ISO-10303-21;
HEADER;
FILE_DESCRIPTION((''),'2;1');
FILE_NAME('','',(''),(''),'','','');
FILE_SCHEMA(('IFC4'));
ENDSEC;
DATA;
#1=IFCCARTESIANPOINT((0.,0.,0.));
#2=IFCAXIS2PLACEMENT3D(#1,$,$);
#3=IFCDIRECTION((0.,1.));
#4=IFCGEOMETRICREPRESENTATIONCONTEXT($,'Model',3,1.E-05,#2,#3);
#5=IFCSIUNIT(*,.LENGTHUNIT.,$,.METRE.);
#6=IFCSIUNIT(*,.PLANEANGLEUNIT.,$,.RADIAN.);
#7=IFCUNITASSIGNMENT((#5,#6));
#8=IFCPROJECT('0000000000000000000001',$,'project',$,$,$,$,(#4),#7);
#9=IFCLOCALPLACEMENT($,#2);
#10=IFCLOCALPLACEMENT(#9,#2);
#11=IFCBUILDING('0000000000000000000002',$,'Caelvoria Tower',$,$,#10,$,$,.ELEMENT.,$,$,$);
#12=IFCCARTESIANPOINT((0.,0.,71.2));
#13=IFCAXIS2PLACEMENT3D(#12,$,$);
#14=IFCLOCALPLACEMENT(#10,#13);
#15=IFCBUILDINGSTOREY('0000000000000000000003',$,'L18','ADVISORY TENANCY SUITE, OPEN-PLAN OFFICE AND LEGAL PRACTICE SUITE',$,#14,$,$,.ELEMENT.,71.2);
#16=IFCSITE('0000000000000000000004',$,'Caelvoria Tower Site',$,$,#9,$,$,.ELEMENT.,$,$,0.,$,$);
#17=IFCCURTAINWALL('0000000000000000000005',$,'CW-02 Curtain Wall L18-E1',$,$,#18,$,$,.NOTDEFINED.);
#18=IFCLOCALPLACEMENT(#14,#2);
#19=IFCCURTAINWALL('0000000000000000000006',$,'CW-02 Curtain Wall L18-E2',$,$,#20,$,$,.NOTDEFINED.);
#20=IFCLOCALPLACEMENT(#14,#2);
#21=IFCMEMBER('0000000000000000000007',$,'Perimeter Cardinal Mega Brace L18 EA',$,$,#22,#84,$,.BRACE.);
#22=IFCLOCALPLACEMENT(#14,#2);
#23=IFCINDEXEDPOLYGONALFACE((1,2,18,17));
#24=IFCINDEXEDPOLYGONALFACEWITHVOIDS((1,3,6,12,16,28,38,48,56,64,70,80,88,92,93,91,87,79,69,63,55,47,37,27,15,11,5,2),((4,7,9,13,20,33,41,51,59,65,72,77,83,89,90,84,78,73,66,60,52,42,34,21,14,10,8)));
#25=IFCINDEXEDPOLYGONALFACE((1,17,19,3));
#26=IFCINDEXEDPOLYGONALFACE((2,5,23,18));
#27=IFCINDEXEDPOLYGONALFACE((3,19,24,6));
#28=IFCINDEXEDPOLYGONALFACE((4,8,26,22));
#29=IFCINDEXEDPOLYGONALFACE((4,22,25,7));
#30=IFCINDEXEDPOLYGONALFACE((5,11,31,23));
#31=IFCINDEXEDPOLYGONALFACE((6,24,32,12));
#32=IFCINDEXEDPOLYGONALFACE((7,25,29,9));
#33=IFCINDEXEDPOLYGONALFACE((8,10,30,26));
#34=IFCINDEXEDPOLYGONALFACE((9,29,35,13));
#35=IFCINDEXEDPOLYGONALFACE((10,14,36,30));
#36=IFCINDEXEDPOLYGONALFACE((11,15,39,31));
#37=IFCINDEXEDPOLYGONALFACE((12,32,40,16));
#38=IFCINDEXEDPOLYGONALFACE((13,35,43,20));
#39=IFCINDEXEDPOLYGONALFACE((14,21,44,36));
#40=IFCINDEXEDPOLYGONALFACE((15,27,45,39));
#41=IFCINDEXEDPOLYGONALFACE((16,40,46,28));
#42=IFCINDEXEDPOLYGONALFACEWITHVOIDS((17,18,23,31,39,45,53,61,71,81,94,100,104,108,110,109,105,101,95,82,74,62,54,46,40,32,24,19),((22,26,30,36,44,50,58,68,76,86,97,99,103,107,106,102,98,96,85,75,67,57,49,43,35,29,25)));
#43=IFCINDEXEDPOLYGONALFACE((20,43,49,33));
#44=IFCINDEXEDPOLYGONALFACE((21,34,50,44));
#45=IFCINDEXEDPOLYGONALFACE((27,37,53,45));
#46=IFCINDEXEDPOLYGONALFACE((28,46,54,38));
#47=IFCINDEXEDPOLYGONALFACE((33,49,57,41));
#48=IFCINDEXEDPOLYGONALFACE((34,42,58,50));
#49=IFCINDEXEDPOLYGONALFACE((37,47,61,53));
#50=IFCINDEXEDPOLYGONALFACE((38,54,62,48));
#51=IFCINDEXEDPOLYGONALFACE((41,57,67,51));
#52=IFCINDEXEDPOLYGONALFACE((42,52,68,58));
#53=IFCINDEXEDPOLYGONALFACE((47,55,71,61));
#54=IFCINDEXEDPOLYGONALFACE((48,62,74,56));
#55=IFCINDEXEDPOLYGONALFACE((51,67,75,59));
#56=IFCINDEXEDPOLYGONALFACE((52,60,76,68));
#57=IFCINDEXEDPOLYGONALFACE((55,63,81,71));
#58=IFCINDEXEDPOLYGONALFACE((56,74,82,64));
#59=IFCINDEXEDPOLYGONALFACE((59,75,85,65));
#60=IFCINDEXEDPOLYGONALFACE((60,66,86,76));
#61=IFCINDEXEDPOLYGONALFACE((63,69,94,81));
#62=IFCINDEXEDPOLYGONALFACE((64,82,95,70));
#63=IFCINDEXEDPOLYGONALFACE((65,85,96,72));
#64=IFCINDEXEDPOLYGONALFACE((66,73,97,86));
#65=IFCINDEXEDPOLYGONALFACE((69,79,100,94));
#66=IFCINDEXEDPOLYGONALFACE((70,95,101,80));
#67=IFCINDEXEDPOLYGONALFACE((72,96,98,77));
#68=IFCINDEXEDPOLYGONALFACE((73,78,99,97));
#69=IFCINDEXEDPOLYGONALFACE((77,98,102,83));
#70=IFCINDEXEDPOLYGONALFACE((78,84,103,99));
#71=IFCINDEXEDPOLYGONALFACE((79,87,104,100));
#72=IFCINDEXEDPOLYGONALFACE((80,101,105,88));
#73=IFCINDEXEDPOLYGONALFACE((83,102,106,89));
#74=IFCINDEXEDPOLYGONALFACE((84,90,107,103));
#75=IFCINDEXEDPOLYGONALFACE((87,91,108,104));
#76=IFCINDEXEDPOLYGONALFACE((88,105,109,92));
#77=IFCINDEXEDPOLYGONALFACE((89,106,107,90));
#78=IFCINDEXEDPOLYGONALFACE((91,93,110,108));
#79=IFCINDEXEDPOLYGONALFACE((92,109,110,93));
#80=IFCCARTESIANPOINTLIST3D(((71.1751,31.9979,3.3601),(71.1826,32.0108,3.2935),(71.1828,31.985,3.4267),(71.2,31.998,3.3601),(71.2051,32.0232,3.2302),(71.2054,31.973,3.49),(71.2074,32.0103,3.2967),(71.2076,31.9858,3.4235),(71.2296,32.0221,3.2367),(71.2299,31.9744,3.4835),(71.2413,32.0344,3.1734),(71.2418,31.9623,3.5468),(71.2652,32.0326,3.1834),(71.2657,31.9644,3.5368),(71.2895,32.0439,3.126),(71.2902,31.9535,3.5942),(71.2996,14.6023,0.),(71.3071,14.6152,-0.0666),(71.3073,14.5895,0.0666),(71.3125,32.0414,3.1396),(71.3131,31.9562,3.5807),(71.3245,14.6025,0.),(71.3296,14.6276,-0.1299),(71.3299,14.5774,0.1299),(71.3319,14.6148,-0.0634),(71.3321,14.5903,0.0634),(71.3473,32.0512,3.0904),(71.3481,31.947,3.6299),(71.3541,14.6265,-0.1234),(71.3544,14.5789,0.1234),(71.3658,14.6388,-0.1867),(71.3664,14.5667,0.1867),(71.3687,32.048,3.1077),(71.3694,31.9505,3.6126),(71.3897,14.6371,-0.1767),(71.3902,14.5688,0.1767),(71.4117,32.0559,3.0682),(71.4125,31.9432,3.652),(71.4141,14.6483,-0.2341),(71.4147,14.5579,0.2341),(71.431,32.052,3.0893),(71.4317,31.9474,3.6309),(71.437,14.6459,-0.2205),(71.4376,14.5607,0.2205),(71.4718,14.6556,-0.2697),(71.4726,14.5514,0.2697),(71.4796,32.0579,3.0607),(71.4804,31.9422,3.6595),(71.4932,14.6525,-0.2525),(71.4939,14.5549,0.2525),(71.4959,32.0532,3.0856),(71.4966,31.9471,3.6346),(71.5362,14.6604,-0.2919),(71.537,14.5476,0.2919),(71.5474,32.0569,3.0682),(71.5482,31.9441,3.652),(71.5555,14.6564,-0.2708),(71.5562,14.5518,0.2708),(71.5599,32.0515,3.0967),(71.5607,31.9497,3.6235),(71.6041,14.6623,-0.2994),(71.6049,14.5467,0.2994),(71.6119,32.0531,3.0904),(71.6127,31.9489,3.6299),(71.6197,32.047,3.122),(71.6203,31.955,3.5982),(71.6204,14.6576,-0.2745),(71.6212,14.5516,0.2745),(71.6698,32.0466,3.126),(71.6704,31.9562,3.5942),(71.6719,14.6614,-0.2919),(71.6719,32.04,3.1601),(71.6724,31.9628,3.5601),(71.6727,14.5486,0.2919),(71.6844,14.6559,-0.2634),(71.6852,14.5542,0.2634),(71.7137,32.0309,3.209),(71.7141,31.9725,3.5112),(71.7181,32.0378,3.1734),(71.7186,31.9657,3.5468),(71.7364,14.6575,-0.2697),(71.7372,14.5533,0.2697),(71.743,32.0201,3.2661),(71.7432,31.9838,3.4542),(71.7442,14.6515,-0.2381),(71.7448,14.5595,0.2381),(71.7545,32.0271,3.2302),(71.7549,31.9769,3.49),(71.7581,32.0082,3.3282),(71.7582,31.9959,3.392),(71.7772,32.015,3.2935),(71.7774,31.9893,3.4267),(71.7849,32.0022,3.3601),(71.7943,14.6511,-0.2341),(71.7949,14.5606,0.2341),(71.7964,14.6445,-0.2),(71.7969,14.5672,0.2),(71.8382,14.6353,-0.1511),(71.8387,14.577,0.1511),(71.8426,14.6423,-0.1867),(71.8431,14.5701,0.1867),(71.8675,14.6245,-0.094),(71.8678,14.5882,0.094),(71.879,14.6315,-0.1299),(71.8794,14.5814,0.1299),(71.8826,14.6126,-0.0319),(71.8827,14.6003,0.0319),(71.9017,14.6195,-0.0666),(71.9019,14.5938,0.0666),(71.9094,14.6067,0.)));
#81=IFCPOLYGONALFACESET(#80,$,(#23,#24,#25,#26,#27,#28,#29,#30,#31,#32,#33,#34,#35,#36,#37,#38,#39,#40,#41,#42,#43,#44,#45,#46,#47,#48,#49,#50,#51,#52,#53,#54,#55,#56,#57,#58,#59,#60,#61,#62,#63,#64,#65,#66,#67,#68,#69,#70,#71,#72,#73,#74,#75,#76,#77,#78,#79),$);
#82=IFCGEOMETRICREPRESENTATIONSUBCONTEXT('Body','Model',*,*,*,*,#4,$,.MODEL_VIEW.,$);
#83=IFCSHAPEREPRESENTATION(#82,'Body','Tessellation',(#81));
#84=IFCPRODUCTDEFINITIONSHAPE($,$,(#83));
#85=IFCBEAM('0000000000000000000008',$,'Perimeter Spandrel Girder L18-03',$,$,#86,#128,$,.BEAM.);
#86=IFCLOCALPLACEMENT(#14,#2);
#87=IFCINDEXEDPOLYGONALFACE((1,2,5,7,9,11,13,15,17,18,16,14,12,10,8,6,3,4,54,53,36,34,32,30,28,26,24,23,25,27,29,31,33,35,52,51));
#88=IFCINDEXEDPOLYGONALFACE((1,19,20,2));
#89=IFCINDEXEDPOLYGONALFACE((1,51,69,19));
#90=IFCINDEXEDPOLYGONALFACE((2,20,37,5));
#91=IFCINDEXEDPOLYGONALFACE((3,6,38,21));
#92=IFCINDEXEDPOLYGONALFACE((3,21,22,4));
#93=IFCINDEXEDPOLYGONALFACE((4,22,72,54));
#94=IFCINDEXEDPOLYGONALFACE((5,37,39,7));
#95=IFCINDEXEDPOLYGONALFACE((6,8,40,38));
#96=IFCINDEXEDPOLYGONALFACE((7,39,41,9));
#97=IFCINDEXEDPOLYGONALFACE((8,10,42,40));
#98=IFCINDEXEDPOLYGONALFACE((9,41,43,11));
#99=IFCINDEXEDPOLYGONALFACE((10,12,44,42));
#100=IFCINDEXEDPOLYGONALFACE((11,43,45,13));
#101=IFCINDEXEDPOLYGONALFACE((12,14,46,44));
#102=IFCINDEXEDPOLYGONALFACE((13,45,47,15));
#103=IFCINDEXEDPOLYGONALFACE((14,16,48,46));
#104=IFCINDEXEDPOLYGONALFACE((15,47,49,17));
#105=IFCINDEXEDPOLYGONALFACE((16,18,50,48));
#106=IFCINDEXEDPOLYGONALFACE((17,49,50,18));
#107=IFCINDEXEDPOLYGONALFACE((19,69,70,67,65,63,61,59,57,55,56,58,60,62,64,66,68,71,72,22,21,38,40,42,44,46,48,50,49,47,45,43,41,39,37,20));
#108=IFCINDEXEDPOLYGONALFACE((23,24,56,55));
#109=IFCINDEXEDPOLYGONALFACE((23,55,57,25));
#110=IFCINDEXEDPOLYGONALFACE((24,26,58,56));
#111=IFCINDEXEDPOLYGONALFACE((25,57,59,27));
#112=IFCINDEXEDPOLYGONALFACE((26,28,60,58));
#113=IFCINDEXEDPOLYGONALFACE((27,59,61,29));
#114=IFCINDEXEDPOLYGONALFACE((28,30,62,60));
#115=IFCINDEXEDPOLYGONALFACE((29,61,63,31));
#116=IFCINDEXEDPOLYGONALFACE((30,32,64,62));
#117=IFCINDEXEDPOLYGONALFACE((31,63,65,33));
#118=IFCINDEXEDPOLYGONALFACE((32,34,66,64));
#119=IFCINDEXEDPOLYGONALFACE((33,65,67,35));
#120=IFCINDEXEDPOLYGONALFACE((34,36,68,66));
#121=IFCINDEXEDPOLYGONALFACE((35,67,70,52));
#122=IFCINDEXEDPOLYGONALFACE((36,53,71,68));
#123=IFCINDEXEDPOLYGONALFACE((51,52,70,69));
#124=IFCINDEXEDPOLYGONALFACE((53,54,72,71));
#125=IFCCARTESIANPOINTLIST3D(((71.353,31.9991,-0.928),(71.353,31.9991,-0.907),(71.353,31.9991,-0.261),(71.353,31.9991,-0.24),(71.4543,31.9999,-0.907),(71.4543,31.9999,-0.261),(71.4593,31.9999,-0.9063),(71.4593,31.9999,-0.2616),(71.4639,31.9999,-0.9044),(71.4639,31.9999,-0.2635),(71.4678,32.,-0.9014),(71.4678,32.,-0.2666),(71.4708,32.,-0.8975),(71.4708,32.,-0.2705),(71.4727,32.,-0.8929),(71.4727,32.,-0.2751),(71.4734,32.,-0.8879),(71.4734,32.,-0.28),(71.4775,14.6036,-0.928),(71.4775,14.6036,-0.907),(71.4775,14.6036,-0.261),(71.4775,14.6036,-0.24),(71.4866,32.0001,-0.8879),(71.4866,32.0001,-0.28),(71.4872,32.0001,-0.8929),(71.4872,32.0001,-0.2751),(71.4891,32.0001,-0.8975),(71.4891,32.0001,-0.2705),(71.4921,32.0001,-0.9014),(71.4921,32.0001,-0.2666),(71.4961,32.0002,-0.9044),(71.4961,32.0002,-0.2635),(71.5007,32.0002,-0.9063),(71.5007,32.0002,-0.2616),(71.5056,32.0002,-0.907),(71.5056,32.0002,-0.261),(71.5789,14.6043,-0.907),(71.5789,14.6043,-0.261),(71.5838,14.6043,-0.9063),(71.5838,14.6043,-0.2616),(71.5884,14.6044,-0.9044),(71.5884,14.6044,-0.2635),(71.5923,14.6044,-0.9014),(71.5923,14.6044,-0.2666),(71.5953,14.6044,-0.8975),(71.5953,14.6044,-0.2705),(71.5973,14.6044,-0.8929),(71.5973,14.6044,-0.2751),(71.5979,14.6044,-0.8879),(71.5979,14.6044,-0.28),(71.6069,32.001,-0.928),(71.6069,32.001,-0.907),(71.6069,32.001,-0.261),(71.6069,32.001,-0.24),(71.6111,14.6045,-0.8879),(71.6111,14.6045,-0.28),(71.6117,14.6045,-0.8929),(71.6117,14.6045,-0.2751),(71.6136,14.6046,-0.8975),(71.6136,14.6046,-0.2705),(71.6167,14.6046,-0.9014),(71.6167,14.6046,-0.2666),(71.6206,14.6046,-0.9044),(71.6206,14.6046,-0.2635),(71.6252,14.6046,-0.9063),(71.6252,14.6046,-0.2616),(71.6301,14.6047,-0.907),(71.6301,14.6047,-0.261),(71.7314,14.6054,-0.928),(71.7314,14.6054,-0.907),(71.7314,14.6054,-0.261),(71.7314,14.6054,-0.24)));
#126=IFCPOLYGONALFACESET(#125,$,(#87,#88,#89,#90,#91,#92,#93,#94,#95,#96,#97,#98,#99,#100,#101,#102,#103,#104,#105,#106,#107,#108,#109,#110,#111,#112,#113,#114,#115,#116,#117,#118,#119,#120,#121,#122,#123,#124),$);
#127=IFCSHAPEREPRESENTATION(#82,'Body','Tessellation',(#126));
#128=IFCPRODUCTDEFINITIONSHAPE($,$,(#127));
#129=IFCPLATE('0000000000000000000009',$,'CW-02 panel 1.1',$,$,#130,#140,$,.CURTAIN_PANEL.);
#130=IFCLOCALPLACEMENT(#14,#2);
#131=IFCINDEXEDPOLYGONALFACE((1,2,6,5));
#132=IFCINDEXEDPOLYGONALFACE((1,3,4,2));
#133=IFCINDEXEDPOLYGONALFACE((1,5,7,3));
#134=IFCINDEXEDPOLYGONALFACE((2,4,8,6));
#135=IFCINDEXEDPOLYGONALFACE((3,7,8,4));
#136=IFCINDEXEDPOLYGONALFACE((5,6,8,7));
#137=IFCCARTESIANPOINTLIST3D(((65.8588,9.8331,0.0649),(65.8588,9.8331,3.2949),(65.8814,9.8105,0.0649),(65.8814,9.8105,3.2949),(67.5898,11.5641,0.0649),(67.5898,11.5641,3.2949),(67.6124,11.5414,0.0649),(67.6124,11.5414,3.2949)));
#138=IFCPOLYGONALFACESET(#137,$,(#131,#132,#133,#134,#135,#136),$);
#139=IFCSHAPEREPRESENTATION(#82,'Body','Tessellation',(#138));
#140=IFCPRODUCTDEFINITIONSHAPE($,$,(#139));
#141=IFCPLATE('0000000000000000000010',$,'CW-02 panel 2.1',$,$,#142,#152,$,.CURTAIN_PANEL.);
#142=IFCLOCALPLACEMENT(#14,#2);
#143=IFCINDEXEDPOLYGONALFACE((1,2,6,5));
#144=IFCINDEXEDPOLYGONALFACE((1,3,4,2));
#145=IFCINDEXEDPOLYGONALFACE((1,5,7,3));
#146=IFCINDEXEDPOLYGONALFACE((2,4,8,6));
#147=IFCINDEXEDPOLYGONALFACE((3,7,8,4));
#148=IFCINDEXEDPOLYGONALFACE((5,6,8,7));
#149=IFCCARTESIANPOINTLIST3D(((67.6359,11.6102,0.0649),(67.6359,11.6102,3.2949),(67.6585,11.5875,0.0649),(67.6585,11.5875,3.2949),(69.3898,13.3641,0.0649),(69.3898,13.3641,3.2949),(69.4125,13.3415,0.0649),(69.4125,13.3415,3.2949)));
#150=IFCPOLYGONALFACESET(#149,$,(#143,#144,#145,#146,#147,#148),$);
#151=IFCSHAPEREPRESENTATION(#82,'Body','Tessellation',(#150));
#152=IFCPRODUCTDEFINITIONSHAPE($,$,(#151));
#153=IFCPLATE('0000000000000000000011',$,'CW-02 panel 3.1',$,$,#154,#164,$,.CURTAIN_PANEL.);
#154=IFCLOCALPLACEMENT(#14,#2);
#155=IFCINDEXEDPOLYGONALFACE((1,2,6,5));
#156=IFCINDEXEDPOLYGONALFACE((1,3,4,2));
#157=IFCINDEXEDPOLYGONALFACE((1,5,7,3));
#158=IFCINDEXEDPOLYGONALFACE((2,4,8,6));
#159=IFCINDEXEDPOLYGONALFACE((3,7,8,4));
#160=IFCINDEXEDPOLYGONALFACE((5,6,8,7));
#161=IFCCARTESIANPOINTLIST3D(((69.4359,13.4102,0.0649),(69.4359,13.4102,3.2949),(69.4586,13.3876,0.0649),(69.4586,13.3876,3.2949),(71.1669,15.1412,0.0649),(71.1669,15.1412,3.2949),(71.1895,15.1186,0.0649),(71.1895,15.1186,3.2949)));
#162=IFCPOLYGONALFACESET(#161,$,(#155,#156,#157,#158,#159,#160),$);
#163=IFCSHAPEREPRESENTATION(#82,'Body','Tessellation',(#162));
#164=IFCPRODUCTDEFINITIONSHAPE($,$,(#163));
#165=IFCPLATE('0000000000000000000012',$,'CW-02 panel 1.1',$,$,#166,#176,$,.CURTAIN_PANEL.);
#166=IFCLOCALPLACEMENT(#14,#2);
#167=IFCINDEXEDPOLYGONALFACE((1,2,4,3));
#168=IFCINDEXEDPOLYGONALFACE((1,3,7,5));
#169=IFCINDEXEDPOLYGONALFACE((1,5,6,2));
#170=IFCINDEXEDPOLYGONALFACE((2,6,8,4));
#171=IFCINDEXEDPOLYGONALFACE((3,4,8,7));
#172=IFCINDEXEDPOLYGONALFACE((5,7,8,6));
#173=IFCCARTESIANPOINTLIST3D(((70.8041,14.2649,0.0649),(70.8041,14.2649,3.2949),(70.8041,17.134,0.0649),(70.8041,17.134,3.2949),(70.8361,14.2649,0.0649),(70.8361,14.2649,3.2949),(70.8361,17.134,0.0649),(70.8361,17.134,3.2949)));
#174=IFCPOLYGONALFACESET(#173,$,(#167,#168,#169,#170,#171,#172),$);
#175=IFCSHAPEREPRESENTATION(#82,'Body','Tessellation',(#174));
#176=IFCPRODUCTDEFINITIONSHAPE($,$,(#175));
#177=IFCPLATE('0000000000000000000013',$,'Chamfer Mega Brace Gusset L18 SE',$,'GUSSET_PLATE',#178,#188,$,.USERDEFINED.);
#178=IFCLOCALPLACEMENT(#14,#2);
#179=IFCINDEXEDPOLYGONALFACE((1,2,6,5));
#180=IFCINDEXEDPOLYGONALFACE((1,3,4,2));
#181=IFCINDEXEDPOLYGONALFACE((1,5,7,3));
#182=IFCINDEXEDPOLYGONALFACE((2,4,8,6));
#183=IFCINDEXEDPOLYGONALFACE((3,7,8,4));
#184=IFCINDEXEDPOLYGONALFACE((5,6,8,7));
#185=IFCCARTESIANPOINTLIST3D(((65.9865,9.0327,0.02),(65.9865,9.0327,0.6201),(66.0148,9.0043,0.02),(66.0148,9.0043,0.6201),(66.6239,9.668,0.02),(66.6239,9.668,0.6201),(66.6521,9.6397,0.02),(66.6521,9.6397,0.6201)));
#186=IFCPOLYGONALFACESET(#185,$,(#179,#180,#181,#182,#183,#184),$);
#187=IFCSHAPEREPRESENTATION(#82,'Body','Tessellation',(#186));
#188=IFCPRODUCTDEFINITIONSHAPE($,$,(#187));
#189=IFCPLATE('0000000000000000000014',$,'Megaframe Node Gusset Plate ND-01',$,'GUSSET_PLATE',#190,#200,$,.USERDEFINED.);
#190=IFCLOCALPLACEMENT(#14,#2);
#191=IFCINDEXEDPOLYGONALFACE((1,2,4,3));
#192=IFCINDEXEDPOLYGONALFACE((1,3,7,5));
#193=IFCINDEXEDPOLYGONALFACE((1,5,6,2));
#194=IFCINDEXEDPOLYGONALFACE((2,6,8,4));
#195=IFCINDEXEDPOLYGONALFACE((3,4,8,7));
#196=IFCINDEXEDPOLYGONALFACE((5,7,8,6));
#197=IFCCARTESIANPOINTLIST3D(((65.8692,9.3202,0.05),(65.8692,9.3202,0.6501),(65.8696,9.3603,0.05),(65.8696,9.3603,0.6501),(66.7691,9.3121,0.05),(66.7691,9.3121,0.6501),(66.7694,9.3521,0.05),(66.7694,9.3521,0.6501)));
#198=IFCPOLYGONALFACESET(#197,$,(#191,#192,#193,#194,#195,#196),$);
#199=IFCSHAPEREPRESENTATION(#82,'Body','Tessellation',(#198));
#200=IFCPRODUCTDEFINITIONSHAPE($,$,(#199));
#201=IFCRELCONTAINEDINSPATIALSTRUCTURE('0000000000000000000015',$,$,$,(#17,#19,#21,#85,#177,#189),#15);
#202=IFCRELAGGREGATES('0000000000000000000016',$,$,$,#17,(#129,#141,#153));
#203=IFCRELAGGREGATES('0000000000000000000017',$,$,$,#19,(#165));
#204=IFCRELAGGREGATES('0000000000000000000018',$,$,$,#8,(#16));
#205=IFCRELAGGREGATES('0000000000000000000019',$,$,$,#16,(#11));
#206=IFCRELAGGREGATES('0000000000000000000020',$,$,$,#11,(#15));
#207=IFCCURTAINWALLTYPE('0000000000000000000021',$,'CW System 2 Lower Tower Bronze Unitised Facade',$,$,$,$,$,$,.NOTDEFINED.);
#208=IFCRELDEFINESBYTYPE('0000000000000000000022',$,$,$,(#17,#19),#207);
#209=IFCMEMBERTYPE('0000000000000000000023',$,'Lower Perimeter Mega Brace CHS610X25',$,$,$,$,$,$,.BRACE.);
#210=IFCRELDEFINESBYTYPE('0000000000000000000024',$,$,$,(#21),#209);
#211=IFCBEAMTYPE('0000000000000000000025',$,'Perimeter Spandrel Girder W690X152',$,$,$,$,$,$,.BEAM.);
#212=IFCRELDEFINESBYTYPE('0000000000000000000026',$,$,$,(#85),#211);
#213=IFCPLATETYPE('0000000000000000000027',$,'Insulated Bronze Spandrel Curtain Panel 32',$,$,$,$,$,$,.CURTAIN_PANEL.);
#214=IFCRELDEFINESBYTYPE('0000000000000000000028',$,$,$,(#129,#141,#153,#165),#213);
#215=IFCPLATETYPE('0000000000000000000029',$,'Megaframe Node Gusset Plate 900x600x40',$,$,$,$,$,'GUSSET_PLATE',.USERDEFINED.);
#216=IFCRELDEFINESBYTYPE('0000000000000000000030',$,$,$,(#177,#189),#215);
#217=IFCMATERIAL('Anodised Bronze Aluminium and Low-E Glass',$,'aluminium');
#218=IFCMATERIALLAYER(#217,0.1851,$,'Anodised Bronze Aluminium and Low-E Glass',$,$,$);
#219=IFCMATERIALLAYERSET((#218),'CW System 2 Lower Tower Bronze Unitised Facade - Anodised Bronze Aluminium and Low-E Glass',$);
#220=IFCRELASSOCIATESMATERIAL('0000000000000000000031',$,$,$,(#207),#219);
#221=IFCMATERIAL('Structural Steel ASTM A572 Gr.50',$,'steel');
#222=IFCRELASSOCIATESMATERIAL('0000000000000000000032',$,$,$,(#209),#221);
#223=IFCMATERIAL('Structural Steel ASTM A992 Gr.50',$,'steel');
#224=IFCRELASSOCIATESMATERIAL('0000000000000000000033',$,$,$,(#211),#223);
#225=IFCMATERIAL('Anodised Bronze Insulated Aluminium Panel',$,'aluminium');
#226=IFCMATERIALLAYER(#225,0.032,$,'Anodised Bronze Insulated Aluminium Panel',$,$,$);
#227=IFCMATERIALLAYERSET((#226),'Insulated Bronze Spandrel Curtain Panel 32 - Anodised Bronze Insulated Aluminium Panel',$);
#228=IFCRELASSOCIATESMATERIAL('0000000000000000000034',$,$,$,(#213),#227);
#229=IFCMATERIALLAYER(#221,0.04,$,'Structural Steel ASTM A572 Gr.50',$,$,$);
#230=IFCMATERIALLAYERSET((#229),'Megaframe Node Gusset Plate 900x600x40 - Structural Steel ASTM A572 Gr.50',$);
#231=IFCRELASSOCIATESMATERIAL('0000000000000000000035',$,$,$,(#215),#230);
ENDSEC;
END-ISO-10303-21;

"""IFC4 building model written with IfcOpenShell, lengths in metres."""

from ifc_helpers import new_model, si_unit, direction, frame, origin, origin_2d, place, context, subcontext, project, spatial, rectangle, hollow_circle, i_section, extrude, material, layer, layer_set, material_profile, profile_set, type_object, element, aggregate, save


model = new_model("IFC4")

# Units and contexts
model_context = context("Model", 3, precision=1e-05, world=origin(), true_north=direction((0.0, 1.0)))
body_context = subcontext(model_context, "Body", "Model", "MODEL_VIEW")
ifc_project = project(units=[si_unit("LENGTHUNIT", "METRE"), si_unit("PLANEANGLEUNIT", "RADIAN")], contexts=[model_context])

# Site, building, storey
site_placement = place(None, origin())
site = spatial("IfcSite", under=ifc_project, at=site_placement, Name="Caelvoria Tower Site", CompositionType="ELEMENT", RefElevation=0.0)
building_placement = place(site_placement, origin())
building = spatial("IfcBuilding", under=site, at=building_placement, Name="Caelvoria Tower", CompositionType="ELEMENT")
storey_placement = place(building_placement, frame((0.0, 0.0, 71.2)))
storey = spatial("IfcBuildingStorey", under=building, at=storey_placement, Name="L18", Description="ADVISORY TENANCY SUITE, OPEN-PLAN OFFICE AND LEGAL PRACTICE SUITE", CompositionType="ELEMENT", Elevation=71.2)

# Shared definitions
ifc_material_1 = material(Name="Structural Steel ASTM A572 Gr.50", Category="steel")

# Shared definitions
ifc_material_2 = material(Name="Anodised Bronze Aluminium and Low-E Glass", Category="aluminium")
ifc_layer_1 = layer(ifc_material_2, 0.1851, Name="Anodised Bronze Aluminium and Low-E Glass")
ifc_layer_set_1 = layer_set([ifc_layer_1], Name="CW System 2 Lower Tower Bronze Unitised Facade - Anodised Bronze Aluminium and Low-E Glass")
curtain_wall_type = type_object("IfcCurtainWallType", Name="CW System 2 Lower Tower Bronze Unitised Facade", PredefinedType="NOTDEFINED", material=ifc_layer_set_1)

# Curtain walls
curtain_wall_1_placement = place(storey_placement, origin())
curtain_wall_1 = element("IfcCurtainWall", 1, at=curtain_wall_1_placement, inside=storey, type_object=curtain_wall_type, Name="CW-02 Curtain Wall L18-E1", PredefinedType="NOTDEFINED")
curtain_wall_2_placement = place(storey_placement, origin())
curtain_wall_2 = element("IfcCurtainWall", 2, at=curtain_wall_2_placement, inside=storey, type_object=curtain_wall_type, Name="CW-02 Curtain Wall L18-E2", PredefinedType="NOTDEFINED")

# Member
ifc_material_profile_1 = material_profile(ifc_material_1, hollow_circle(Radius=0.3049, WallThickness=0.0249, at=origin_2d()), Name="Structural Steel ASTM A572 Gr.50")
ifc_profile_set_1 = profile_set([ifc_material_profile_1], Name="CHS610X25 - Structural Steel ASTM A572 Gr.50")
member_type_1 = type_object("IfcMemberType", Name="Lower Perimeter Mega Brace CHS610X25", PredefinedType="BRACE", material=ifc_profile_set_1)
member_1_placement = place(storey_placement, frame((71.6045, 14.6045, 0.0), z_axis=(-0.007028, 0.981827, 0.189649), x_axis=(-0.999974, -0.007158, 0.0)))
element("IfcMember", 3, at=member_1_placement, inside=storey, type_object=member_type_1, Name="Perimeter Cardinal Mega Brace L18 EA", PredefinedType="BRACE", context=body_context, shape_type="SweptSolid", body=[
    extrude(hollow_circle(Radius=0.3049, WallThickness=0.0249, at=origin_2d()), origin(), (0.0, 0.0, 1.0), 17.7175),
])

# Beam
ifc_material_3 = material(Name="Structural Steel ASTM A992 Gr.50", Category="steel")
ifc_material_profile_2 = material_profile(ifc_material_3, i_section(OverallWidth=0.2539, OverallDepth=0.688, WebThickness=0.0132, FlangeThickness=0.021, FilletRadius=0.019, at=origin_2d()), Name="Structural Steel ASTM A992 Gr.50")
ifc_profile_set_2 = profile_set([ifc_material_profile_2], Name="W690X152 - Structural Steel ASTM A992 Gr.50")
beam_type = type_object("IfcBeamType", Name="Perimeter Spandrel Girder W690X152", PredefinedType="BEAM", material=ifc_profile_set_2)
beam_placement = place(storey_placement, frame((71.6045, 14.6045, -0.584), z_axis=(-0.007158, 0.999974, 0.0), x_axis=(-0.999974, -0.007158, 0.0)))
element("IfcBeam", 4, at=beam_placement, inside=storey, type_object=beam_type, Name="Perimeter Spandrel Girder L18-03", PredefinedType="BEAM", context=body_context, shape_type="SweptSolid", body=[
    extrude(i_section(OverallWidth=0.2539, OverallDepth=0.688, WebThickness=0.0132, FlangeThickness=0.021, FilletRadius=0.019, at=origin_2d()), origin(), (0.0, 0.0, 1.0), 17.396),
])

# Plates
ifc_material_4 = material(Name="Anodised Bronze Insulated Aluminium Panel", Category="aluminium")
ifc_layer_2 = layer(ifc_material_4, 0.032, Name="Anodised Bronze Insulated Aluminium Panel")
ifc_layer_set_2 = layer_set([ifc_layer_2], Name="Insulated Bronze Spandrel Curtain Panel 32 - Anodised Bronze Insulated Aluminium Panel")
plate_type_1 = type_object("IfcPlateType", Name="Insulated Bronze Spandrel Curtain Panel 32", PredefinedType="CURTAIN_PANEL", material=ifc_layer_set_2)
plate_1_placement = place(storey_placement, frame((66.7356, 10.6873, 0.0649), z_axis=(0.0, 0.0, 1.0), x_axis=(0.707107, 0.707107, 0.0)))
plate_1 = element("IfcPlate", 5, at=plate_1_placement, type_object=plate_type_1, Name="CW-02 panel 1.1", PredefinedType="CURTAIN_PANEL", context=body_context, shape_type="SweptSolid", body=[
    extrude(rectangle(XDim=2.448, YDim=0.032, at=origin_2d()), origin(), (0.0, 0.0, 1.0), 3.23),
])
plate_2_placement = place(storey_placement, frame((68.5242, 12.4758, 0.0649), z_axis=(0.0, 0.0, 1.0), x_axis=(0.707107, 0.707107, 0.0)))
plate_2 = element("IfcPlate", 6, at=plate_2_placement, type_object=plate_type_1, Name="CW-02 panel 2.1", PredefinedType="CURTAIN_PANEL", context=body_context, shape_type="SweptSolid", body=[
    extrude(rectangle(XDim=2.4805, YDim=0.032, at=origin_2d()), origin(), (0.0, 0.0, 1.0), 3.23),
])
plate_3_placement = place(storey_placement, frame((70.3127, 14.2644, 0.0649), z_axis=(0.0, 0.0, 1.0), x_axis=(0.707107, 0.707107, 0.0)))
plate_3 = element("IfcPlate", 7, at=plate_3_placement, type_object=plate_type_1, Name="CW-02 panel 3.1", PredefinedType="CURTAIN_PANEL", context=body_context, shape_type="SweptSolid", body=[
    extrude(rectangle(XDim=2.448, YDim=0.032, at=origin_2d()), origin(), (0.0, 0.0, 1.0), 3.23),
])
aggregate(curtain_wall_1, [plate_1, plate_2, plate_3])
plate_4_placement = place(storey_placement, frame((70.8201, 15.6995, 0.0649), z_axis=(0.0, 0.0, 1.0), x_axis=(0.0, 1.0, 0.0)))
plate_4 = element("IfcPlate", 8, at=plate_4_placement, type_object=plate_type_1, Name="CW-02 panel 1.1", PredefinedType="CURTAIN_PANEL", context=body_context, shape_type="SweptSolid", body=[
    extrude(rectangle(XDim=2.8691, YDim=0.032, at=origin_2d()), origin(), (0.0, 0.0, 1.0), 3.23),
])
aggregate(curtain_wall_2, [plate_4])

# Plates
ifc_layer_3 = layer(ifc_material_1, 0.04, Name="Structural Steel ASTM A572 Gr.50")
ifc_layer_set_3 = layer_set([ifc_layer_3], Name="Megaframe Node Gusset Plate 900x600x40 - Structural Steel ASTM A572 Gr.50")
plate_type_2 = type_object("IfcPlateType", Name="Megaframe Node Gusset Plate 900x600x40", ElementType="GUSSET_PLATE", PredefinedType="USERDEFINED", material=ifc_layer_set_3)
for number, where, z_axis, x_axis, name in (
    (9, (66.3193, 9.3362, 0.02), (0.0, 0.0, 1.0), (0.708212, 0.706, 0.0), "Chamfer Mega Brace Gusset L18 SE"),
    (10, (66.3193, 9.3362, 0.05), (0.0, 0.0, 1.0), (-0.999959, 0.009049, 0.0), "Megaframe Node Gusset Plate ND-01"),
):
    element("IfcPlate", number, at=place(storey_placement, frame(where, z_axis=z_axis, x_axis=x_axis)), inside=storey, type_object=plate_type_2, Name=name, ObjectType="GUSSET_PLATE", PredefinedType="USERDEFINED", context=body_context, shape_type="SweptSolid", body=[
        extrude(rectangle(XDim=0.8999, YDim=0.04, at=origin_2d()), origin(), (0.0, 0.0, 1.0), 0.6001),
    ])

save(model, "model.ifc")
